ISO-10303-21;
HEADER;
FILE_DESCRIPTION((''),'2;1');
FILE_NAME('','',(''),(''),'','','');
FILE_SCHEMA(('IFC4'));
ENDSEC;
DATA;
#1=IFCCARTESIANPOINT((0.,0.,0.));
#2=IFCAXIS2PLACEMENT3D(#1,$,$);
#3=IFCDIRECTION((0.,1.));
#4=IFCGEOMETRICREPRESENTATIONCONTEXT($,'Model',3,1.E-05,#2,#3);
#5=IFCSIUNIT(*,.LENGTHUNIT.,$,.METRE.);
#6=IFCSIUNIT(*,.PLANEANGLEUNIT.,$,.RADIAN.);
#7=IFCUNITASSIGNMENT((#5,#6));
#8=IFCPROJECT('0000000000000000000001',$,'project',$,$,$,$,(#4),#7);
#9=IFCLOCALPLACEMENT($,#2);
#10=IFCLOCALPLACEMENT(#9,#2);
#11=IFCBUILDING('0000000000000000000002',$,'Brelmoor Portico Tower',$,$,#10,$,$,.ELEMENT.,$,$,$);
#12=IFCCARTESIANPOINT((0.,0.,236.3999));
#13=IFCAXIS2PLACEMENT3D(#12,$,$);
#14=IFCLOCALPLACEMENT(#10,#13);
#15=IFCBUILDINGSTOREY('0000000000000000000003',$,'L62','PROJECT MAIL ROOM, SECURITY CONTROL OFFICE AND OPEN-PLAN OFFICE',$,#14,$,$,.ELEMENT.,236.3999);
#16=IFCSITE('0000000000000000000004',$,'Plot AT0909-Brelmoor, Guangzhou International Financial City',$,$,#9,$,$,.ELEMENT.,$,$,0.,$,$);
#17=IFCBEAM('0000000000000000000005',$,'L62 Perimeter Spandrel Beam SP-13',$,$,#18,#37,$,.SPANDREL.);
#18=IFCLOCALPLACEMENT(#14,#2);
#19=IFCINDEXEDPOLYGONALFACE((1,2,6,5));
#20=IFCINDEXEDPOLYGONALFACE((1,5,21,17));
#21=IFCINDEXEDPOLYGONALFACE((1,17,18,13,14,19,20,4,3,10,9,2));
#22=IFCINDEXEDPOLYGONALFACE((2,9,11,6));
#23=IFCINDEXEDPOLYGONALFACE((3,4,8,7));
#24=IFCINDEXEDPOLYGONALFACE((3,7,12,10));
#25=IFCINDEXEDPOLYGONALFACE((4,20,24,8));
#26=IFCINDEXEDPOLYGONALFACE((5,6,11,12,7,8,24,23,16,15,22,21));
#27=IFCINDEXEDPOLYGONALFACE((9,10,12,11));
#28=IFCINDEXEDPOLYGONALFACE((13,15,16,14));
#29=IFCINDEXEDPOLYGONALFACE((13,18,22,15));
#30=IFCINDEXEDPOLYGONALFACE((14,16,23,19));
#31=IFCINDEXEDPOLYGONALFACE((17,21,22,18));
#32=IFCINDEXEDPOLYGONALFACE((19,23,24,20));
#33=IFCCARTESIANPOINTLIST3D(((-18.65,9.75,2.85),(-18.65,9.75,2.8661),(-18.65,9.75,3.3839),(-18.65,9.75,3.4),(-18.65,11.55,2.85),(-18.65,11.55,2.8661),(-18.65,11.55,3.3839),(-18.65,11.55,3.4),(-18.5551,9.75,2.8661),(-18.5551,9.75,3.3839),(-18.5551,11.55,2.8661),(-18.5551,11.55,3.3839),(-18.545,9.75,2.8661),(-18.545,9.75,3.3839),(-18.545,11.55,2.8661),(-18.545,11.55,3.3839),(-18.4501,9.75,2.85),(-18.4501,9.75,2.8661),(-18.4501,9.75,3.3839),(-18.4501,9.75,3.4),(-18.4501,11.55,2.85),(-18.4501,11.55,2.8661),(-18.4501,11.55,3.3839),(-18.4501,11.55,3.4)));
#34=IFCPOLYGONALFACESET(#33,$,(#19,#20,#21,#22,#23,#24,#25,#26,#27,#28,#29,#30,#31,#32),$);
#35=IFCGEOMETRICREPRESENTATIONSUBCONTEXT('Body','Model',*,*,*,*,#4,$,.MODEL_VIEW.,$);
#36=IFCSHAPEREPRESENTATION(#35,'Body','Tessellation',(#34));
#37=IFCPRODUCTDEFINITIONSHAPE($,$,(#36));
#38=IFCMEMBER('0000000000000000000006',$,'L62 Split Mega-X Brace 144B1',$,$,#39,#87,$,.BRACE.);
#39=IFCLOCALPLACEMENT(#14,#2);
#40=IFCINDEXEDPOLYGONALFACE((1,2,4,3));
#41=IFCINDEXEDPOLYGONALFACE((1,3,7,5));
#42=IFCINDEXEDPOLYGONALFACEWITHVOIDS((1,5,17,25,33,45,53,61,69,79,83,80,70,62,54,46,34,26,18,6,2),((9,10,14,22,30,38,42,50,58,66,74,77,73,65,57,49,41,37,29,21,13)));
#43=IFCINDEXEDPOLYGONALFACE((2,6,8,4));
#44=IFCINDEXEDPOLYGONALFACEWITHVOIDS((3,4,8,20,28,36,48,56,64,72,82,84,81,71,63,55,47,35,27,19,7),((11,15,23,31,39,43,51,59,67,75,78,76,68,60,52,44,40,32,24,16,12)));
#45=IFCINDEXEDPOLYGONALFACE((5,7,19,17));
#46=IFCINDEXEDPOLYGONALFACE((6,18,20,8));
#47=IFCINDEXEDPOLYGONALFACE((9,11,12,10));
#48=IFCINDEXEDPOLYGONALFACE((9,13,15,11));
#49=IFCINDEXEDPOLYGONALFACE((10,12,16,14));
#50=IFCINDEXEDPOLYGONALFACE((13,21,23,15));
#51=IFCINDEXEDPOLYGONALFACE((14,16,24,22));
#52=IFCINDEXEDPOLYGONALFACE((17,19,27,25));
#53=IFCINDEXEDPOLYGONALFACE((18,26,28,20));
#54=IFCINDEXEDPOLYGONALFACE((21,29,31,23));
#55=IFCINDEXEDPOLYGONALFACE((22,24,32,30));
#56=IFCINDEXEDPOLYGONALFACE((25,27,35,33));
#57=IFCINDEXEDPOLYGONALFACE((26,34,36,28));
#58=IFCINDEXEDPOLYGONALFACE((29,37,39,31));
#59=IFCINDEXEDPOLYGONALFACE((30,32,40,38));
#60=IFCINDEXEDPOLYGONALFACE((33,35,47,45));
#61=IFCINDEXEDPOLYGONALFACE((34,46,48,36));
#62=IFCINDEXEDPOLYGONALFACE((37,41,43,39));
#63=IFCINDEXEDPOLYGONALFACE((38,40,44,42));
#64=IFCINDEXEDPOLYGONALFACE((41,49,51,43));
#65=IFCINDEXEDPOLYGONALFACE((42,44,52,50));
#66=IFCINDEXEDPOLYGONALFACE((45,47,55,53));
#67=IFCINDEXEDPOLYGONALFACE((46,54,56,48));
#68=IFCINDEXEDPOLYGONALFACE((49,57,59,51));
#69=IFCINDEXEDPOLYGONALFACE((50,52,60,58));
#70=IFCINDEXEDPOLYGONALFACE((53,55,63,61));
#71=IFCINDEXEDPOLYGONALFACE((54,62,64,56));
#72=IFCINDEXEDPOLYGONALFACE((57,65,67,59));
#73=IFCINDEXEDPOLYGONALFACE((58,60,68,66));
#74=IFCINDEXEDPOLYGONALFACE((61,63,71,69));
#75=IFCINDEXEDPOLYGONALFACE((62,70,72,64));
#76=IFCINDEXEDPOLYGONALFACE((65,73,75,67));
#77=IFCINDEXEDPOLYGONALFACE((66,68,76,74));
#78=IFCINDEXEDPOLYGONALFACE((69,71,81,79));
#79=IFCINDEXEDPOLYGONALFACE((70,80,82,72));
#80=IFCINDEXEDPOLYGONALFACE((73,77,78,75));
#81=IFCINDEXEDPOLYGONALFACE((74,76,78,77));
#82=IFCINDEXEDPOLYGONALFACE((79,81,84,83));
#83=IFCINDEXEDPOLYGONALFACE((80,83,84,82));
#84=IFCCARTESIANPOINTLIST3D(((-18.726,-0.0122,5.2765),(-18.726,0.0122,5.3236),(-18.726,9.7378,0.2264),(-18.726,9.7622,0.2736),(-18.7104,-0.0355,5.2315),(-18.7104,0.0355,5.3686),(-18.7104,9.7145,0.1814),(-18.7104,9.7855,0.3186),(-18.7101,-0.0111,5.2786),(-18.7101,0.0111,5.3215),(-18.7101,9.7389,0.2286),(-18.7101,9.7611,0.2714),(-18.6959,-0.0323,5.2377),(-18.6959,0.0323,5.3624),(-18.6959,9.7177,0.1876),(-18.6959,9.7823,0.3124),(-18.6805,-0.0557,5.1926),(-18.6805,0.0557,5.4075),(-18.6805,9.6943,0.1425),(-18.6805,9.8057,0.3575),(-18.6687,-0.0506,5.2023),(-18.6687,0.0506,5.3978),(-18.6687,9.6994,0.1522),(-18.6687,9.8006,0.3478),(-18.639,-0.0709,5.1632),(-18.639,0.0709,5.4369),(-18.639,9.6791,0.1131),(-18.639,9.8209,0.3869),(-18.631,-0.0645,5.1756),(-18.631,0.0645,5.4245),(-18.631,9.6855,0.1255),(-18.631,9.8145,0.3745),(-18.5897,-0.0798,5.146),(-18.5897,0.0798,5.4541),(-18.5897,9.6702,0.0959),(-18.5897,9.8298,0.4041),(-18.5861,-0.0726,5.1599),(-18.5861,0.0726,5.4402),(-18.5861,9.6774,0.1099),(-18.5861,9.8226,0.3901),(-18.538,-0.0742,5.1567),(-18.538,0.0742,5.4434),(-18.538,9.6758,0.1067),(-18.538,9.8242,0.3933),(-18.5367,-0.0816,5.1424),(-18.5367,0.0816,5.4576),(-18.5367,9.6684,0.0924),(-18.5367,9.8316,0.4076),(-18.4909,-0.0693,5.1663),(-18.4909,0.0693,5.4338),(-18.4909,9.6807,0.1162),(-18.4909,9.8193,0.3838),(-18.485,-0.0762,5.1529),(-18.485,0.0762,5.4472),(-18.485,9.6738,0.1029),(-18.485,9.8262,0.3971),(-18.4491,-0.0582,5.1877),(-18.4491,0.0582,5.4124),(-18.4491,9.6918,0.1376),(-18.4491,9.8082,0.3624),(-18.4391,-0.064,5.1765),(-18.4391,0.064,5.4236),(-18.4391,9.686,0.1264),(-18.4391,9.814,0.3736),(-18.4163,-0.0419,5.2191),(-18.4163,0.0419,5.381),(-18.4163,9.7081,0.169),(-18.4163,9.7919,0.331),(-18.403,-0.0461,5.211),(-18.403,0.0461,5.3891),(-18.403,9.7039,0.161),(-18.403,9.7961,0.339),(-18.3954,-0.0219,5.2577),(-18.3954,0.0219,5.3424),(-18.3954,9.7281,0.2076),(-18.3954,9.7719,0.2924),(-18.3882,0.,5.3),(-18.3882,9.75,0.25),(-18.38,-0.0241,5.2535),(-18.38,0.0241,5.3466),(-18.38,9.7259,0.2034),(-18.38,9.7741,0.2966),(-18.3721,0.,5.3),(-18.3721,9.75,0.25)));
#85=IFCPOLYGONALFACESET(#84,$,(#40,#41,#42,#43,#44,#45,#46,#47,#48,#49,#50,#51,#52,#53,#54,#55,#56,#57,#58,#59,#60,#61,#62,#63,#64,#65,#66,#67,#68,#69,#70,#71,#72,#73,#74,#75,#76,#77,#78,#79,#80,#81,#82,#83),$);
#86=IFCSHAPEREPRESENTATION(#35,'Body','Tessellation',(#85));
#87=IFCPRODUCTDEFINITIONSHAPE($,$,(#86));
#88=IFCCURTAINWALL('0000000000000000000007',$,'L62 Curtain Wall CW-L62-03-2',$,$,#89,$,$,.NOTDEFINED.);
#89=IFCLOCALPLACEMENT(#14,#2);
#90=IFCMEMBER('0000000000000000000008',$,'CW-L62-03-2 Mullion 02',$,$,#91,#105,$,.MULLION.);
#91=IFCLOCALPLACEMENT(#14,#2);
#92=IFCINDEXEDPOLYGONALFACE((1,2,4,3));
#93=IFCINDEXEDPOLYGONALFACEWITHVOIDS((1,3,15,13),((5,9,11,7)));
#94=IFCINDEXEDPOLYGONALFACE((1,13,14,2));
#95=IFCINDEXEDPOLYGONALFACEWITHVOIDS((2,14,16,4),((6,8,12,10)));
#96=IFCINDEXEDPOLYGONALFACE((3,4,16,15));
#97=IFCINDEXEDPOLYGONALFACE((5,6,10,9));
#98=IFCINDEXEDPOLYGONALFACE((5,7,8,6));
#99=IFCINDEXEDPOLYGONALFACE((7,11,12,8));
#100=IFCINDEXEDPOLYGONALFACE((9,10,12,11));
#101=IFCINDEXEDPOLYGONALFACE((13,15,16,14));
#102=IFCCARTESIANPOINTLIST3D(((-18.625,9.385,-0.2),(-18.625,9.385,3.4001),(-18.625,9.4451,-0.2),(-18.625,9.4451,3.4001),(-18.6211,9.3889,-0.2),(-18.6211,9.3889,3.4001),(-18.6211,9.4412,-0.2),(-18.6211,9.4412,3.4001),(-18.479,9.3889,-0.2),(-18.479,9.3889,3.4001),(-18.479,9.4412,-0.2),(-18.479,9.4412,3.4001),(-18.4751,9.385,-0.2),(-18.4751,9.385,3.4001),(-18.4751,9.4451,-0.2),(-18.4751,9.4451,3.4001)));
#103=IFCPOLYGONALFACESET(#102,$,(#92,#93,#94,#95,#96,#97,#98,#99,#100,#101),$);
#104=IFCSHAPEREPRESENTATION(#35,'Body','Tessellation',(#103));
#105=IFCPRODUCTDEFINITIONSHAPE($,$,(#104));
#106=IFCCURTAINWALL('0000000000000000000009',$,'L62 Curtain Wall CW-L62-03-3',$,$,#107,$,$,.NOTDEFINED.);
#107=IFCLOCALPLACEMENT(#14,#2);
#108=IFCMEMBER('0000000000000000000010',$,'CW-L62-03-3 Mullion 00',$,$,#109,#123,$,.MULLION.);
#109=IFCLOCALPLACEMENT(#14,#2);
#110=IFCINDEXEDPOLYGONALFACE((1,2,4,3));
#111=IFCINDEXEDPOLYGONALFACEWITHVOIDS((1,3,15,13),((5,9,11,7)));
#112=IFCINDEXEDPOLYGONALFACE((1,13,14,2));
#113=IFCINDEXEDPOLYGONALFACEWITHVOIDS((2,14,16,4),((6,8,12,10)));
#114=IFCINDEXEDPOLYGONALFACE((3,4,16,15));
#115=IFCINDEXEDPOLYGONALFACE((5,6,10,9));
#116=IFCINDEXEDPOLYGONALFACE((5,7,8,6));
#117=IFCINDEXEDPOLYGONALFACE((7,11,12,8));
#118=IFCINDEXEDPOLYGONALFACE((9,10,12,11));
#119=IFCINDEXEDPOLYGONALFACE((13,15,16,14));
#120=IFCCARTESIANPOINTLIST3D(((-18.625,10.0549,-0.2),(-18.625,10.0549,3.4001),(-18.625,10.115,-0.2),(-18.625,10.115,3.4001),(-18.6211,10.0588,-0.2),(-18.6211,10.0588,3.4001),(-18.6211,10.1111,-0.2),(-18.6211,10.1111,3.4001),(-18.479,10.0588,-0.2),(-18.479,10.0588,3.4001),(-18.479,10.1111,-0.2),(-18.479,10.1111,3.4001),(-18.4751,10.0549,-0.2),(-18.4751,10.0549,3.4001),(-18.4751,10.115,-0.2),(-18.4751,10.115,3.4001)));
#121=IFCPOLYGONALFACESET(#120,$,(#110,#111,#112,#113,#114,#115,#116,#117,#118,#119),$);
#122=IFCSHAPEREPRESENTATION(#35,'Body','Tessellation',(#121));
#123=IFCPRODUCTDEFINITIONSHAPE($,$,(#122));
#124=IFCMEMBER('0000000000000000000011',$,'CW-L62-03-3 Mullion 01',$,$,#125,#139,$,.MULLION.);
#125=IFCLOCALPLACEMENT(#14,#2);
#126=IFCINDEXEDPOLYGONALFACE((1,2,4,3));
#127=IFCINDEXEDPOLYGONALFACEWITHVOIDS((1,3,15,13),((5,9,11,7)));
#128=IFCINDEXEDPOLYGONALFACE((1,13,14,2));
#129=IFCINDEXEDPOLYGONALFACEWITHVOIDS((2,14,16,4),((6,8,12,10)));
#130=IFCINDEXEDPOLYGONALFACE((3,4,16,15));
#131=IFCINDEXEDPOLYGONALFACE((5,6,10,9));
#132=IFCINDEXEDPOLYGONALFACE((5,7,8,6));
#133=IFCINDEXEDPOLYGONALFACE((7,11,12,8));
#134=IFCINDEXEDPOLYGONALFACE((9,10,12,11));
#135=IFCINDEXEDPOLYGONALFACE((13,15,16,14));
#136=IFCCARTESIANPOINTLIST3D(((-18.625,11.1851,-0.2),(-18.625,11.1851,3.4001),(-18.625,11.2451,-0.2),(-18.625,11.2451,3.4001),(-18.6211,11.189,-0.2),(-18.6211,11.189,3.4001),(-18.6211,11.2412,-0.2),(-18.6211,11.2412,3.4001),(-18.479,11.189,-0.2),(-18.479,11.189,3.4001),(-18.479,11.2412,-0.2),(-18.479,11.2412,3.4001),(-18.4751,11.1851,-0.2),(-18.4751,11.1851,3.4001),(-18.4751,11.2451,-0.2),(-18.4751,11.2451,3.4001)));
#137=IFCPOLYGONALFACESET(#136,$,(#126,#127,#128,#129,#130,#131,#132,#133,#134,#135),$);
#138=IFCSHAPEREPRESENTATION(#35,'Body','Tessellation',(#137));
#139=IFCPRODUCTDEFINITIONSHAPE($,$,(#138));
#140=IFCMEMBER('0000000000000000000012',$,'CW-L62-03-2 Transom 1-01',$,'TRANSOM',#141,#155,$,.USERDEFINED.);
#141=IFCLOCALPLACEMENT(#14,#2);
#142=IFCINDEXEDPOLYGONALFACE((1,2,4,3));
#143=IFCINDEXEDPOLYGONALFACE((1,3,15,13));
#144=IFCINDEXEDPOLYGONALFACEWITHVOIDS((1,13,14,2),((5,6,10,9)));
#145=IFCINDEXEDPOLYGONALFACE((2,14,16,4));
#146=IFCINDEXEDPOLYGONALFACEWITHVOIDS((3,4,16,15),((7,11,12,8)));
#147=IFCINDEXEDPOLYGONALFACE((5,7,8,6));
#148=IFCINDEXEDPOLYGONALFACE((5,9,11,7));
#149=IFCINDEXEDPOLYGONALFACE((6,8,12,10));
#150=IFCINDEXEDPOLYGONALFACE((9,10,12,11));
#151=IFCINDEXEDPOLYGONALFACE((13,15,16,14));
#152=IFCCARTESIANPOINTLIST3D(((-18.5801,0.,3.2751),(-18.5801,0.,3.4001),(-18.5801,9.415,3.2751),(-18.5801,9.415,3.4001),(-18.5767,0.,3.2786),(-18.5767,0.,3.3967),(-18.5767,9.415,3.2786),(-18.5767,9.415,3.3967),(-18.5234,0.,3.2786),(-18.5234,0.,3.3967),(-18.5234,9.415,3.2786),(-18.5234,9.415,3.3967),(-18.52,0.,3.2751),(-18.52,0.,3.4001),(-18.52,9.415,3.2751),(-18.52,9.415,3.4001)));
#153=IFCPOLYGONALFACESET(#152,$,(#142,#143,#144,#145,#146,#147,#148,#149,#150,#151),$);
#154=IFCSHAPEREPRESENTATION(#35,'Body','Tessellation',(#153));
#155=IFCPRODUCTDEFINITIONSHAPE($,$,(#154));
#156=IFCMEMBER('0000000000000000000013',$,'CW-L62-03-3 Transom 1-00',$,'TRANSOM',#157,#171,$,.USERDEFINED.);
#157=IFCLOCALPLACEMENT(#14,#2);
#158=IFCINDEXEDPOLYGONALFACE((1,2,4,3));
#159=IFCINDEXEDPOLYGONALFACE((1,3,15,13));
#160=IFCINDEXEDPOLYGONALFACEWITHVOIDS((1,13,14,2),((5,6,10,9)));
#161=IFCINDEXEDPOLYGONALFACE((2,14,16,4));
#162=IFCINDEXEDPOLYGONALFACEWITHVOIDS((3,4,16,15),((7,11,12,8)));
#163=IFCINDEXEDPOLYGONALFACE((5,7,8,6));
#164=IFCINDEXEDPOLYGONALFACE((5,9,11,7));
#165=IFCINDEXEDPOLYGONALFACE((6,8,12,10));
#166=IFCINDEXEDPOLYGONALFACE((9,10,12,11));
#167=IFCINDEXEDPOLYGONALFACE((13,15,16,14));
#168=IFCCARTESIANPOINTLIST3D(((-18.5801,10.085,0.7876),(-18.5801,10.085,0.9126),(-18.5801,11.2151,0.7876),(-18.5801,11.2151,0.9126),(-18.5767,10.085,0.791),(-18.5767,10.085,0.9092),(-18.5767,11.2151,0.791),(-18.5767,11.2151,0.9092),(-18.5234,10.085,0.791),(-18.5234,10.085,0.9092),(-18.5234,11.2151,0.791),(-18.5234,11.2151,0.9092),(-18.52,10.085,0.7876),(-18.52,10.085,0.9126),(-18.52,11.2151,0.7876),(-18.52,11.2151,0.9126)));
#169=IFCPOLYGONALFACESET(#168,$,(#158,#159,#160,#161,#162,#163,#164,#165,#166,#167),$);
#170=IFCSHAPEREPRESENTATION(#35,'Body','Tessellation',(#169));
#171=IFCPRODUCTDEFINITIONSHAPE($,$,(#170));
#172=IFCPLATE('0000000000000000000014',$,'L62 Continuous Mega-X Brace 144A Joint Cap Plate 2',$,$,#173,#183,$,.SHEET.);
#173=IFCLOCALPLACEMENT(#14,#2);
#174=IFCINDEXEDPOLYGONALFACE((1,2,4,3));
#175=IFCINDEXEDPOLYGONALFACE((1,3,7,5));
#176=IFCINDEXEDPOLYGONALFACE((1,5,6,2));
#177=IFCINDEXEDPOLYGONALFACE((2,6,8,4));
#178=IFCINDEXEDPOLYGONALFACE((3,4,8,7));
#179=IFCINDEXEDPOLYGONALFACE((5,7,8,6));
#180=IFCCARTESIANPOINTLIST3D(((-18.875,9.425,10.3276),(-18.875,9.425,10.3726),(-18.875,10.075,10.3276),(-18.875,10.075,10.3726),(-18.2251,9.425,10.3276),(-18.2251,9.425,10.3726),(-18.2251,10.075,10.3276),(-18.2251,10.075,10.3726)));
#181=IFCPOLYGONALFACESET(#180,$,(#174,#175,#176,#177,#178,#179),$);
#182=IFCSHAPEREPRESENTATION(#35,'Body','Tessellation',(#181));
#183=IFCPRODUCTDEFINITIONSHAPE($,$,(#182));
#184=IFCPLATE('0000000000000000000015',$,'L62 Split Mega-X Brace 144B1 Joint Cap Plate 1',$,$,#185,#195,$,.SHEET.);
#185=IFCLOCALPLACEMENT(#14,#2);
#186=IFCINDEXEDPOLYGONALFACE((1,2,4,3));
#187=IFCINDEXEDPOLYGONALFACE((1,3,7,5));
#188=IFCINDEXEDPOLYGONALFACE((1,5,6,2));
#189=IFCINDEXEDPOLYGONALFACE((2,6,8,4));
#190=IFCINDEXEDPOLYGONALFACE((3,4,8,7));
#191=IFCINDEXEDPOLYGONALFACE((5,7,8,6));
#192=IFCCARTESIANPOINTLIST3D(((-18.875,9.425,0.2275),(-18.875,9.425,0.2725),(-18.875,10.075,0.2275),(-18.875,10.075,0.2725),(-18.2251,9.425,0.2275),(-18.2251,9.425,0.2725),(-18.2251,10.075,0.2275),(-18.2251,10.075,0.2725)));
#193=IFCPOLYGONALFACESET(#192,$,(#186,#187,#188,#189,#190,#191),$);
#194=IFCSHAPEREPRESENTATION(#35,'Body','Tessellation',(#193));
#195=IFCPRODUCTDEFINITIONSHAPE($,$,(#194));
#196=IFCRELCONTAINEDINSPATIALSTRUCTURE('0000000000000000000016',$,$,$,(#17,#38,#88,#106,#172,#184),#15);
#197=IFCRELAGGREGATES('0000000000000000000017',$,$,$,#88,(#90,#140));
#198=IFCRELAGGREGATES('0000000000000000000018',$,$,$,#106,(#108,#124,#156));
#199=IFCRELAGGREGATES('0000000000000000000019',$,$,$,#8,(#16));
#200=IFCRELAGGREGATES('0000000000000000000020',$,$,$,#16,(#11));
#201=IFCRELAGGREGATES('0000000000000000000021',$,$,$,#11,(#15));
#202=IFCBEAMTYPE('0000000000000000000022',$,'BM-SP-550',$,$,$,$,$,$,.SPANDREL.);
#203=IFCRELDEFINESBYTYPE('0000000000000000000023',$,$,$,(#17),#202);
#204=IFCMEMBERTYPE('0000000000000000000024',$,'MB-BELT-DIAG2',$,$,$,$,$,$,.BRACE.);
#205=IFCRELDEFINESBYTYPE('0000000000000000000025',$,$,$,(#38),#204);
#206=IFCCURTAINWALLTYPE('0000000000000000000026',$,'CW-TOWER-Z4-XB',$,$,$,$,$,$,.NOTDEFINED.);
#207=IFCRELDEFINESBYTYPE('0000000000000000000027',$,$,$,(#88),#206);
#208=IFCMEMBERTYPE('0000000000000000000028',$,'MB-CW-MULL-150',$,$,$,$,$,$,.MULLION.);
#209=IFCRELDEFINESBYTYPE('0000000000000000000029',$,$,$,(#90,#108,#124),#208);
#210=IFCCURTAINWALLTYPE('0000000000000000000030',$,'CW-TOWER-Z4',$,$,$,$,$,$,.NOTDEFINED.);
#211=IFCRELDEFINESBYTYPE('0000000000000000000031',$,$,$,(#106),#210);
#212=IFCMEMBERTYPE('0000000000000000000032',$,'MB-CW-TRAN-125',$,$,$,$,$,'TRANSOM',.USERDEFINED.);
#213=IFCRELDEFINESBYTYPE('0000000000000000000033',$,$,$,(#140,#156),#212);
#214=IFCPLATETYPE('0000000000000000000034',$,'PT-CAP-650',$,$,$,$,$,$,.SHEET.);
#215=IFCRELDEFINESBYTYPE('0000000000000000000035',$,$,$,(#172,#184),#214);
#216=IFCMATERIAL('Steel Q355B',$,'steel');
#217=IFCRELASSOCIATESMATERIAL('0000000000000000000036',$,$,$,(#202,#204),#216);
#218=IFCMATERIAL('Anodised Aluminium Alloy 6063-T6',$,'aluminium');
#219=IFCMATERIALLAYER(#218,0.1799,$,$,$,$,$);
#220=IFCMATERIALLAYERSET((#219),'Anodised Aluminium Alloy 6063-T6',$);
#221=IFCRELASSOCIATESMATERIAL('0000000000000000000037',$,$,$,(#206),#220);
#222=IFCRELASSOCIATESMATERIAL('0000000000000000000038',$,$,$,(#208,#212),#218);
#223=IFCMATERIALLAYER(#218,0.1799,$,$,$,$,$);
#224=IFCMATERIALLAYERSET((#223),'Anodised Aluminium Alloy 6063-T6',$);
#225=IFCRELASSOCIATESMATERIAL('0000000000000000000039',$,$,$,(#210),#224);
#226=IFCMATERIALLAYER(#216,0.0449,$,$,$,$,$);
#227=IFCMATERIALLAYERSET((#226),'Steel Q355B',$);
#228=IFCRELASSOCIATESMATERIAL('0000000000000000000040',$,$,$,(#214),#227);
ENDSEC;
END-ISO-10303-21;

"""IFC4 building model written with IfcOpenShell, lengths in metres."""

from ifc_helpers import new_model, si_unit, direction, frame, origin, origin_2d, place, context, subcontext, project, spatial, rectangle, hollow_rectangle, hollow_circle, i_section, extrude, material, layer, layer_set, material_profile, profile_set, type_object, element, aggregate, save


model = new_model("IFC4")

# Units and contexts
model_context = context("Model", 3, precision=1e-05, world=origin(), true_north=direction((0.0, 1.0)))
body_context = subcontext(model_context, "Body", "Model", "MODEL_VIEW")
ifc_project = project(units=[si_unit("LENGTHUNIT", "METRE"), si_unit("PLANEANGLEUNIT", "RADIAN")], contexts=[model_context])

# Site, building, storey
site_placement = place(None, origin())
site = spatial("IfcSite", under=ifc_project, at=site_placement, Name="Plot AT0909-Brelmoor, Guangzhou International Financial City", CompositionType="ELEMENT", RefElevation=0.0)
building_placement = place(site_placement, origin())
building = spatial("IfcBuilding", under=site, at=building_placement, Name="Brelmoor Portico Tower", CompositionType="ELEMENT")
storey_placement = place(building_placement, frame((0.0, 0.0, 236.3999)))
storey = spatial("IfcBuildingStorey", under=building, at=storey_placement, Name="L62", Description="PROJECT MAIL ROOM, SECURITY CONTROL OFFICE AND OPEN-PLAN OFFICE", CompositionType="ELEMENT", Elevation=236.3999)

# Shared definitions
ifc_material_1 = material(Name="Steel Q355B", Category="steel")

# Beam
ifc_material_profile_1 = material_profile(ifc_material_1, i_section(OverallWidth=0.2, OverallDepth=0.55, WebThickness=0.01, FlangeThickness=0.0161, at=origin_2d()), Name="HN 550x200x10x16")
ifc_profile_set_1 = profile_set([ifc_material_profile_1], Name="Steel Q355B")
beam_type_1 = type_object("IfcBeamType", Name="BM-SP-550", PredefinedType="SPANDREL", material=ifc_profile_set_1)
beam_1_placement = place(storey_placement, frame((-18.55, 9.75, 3.125), z_axis=(0.0, 1.0, 0.0), x_axis=(-1.0, 0.0, 0.0)))
element("IfcBeam", 1, at=beam_1_placement, inside=storey, type_object=beam_type_1, Name="L62 Perimeter Spandrel Beam SP-13", PredefinedType="SPANDREL", context=body_context, shape_type="SweptSolid", body=[
    extrude(i_section(OverallWidth=0.2, OverallDepth=0.55, WebThickness=0.01, FlangeThickness=0.0161, at=origin_2d()), origin(), (0.0, 0.0, 1.0), 1.8),
])

# Member
ifc_material_profile_2 = material_profile(ifc_material_1, hollow_circle(Radius=0.178, WallThickness=0.0161, at=origin_2d()), Name="CHS 356x16")
ifc_profile_set_2 = profile_set([ifc_material_profile_2], Name="Steel Q355B")
member_type_1 = type_object("IfcMemberType", Name="MB-BELT-DIAG2", PredefinedType="BRACE", material=ifc_profile_set_2)
member_1_placement = place(storey_placement, frame((-18.55, 9.75, 0.25), z_axis=(0.0, -0.887959, 0.459922), x_axis=(1.0, 0.0, 0.0)))
element("IfcMember", 2, at=member_1_placement, inside=storey, type_object=member_type_1, Name="L62 Split Mega-X Brace 144B1", PredefinedType="BRACE", context=body_context, shape_type="SweptSolid", body=[
    extrude(hollow_circle(Radius=0.178, WallThickness=0.0161, at=origin_2d()), origin(), (0.0, 0.0, 1.0), 10.9802),
])

# Curtain wall, member
ifc_material_2 = material(Name="Anodised Aluminium Alloy 6063-T6", Category="aluminium")
ifc_layer_1 = layer(ifc_material_2, 0.1799)
ifc_layer_set_1 = layer_set([ifc_layer_1], Name="Anodised Aluminium Alloy 6063-T6")
curtain_wall_type_1 = type_object("IfcCurtainWallType", Name="CW-TOWER-Z4-XB", PredefinedType="NOTDEFINED", material=ifc_layer_set_1)
curtain_wall_1_placement = place(storey_placement, origin())
curtain_wall_1 = element("IfcCurtainWall", 3, at=curtain_wall_1_placement, inside=storey, type_object=curtain_wall_type_1, Name="L62 Curtain Wall CW-L62-03-2", PredefinedType="NOTDEFINED")
ifc_material_profile_3 = material_profile(ifc_material_2, hollow_rectangle(XDim=0.0601, YDim=0.1499, WallThickness=0.0039, at=origin_2d()), Name="ALU MULLION 60x150")
ifc_profile_set_3 = profile_set([ifc_material_profile_3], Name="Anodised Aluminium Alloy 6063-T6")
member_type_2 = type_object("IfcMemberType", Name="MB-CW-MULL-150", PredefinedType="MULLION", material=ifc_profile_set_3)
member_2_placement = place(storey_placement, frame((-18.55, 9.415, -0.2), z_axis=(0.0, 0.0, 1.0), x_axis=(0.0, 1.0, 0.0)))
member_2 = element("IfcMember", 4, at=member_2_placement, type_object=member_type_2, Name="CW-L62-03-2 Mullion 02", PredefinedType="MULLION", context=body_context, shape_type="SweptSolid", body=[
    extrude(hollow_rectangle(XDim=0.0601, YDim=0.1499, WallThickness=0.0039, at=origin_2d()), origin(), (0.0, 0.0, 1.0), 3.6001),
])

# Curtain wall, members
ifc_layer_2 = layer(ifc_material_2, 0.1799)
ifc_layer_set_2 = layer_set([ifc_layer_2], Name="Anodised Aluminium Alloy 6063-T6")
curtain_wall_type_2 = type_object("IfcCurtainWallType", Name="CW-TOWER-Z4", PredefinedType="NOTDEFINED", material=ifc_layer_set_2)
curtain_wall_2_placement = place(storey_placement, origin())
curtain_wall_2 = element("IfcCurtainWall", 5, at=curtain_wall_2_placement, inside=storey, type_object=curtain_wall_type_2, Name="L62 Curtain Wall CW-L62-03-3", PredefinedType="NOTDEFINED")
member_3_placement = place(storey_placement, frame((-18.55, 10.085, -0.2), z_axis=(0.0, 0.0, 1.0), x_axis=(0.0, 1.0, 0.0)))
member_3 = element("IfcMember", 6, at=member_3_placement, type_object=member_type_2, Name="CW-L62-03-3 Mullion 00", PredefinedType="MULLION", context=body_context, shape_type="SweptSolid", body=[
    extrude(hollow_rectangle(XDim=0.0601, YDim=0.1499, WallThickness=0.0039, at=origin_2d()), origin(), (0.0, 0.0, 1.0), 3.6001),
])
member_4_placement = place(storey_placement, frame((-18.55, 11.2151, -0.2), z_axis=(0.0, 0.0, 1.0), x_axis=(0.0, 1.0, 0.0)))
member_4 = element("IfcMember", 7, at=member_4_placement, type_object=member_type_2, Name="CW-L62-03-3 Mullion 01", PredefinedType="MULLION", context=body_context, shape_type="SweptSolid", body=[
    extrude(hollow_rectangle(XDim=0.0601, YDim=0.1499, WallThickness=0.0039, at=origin_2d()), origin(), (0.0, 0.0, 1.0), 3.6001),
])

# Members
ifc_material_profile_4 = material_profile(ifc_material_2, hollow_rectangle(XDim=0.0601, YDim=0.125, WallThickness=0.0034, at=origin_2d()), Name="ALU TRANSOM 60x125")
ifc_profile_set_4 = profile_set([ifc_material_profile_4], Name="Anodised Aluminium Alloy 6063-T6")
member_type_3 = type_object("IfcMemberType", Name="MB-CW-TRAN-125", ElementType="TRANSOM", PredefinedType="USERDEFINED", material=ifc_profile_set_4)
member_5_placement = place(storey_placement, frame((-18.55, 0.0, 3.3376), z_axis=(0.0, 1.0, 0.0), x_axis=(-1.0, 0.0, 0.0)))
member_5 = element("IfcMember", 8, at=member_5_placement, type_object=member_type_3, Name="CW-L62-03-2 Transom 1-01", ObjectType="TRANSOM", PredefinedType="USERDEFINED", context=body_context, shape_type="SweptSolid", body=[
    extrude(hollow_rectangle(XDim=0.0601, YDim=0.125, WallThickness=0.0034, at=origin_2d()), origin(), (0.0, 0.0, 1.0), 9.415),
])
member_6_placement = place(storey_placement, frame((-18.55, 10.085, 0.8501), z_axis=(0.0, 1.0, 0.0), x_axis=(-1.0, 0.0, 0.0)))
member_6 = element("IfcMember", 9, at=member_6_placement, type_object=member_type_3, Name="CW-L62-03-3 Transom 1-00", ObjectType="TRANSOM", PredefinedType="USERDEFINED", context=body_context, shape_type="SweptSolid", body=[
    extrude(hollow_rectangle(XDim=0.0601, YDim=0.125, WallThickness=0.0034, at=origin_2d()), origin(), (0.0, 0.0, 1.0), 1.1301),
])

# Plates
ifc_layer_3 = layer(ifc_material_1, 0.0449)
ifc_layer_set_3 = layer_set([ifc_layer_3], Name="Steel Q355B")
plate_type_1 = type_object("IfcPlateType", Name="PT-CAP-650", PredefinedType="SHEET", material=ifc_layer_set_3)
for number, where, z_axis, x_axis, name in (
    (10, (-18.55, 9.75, 10.3276), (0.0, 0.0, 1.0), (1.0, 0.0, 0.0), "L62 Continuous Mega-X Brace 144A Joint Cap Plate 2"),
    (11, (-18.55, 9.75, 0.2275), (0.0, 0.0, 1.0), (1.0, 0.0, 0.0), "L62 Split Mega-X Brace 144B1 Joint Cap Plate 1"),
):
    element("IfcPlate", number, at=place(storey_placement, frame(where, z_axis=z_axis, x_axis=x_axis)), inside=storey, type_object=plate_type_1, Name=name, PredefinedType="SHEET", context=body_context, shape_type="SweptSolid", body=[
        extrude(rectangle(XDim=0.6499, YDim=0.6499, at=origin_2d()), origin(), (0.0, 0.0, 1.0), 0.0449),
    ])

aggregate(curtain_wall_1, [member_2, member_5])
aggregate(curtain_wall_2, [member_3, member_4, member_6])

save(model, "model.ifc")
